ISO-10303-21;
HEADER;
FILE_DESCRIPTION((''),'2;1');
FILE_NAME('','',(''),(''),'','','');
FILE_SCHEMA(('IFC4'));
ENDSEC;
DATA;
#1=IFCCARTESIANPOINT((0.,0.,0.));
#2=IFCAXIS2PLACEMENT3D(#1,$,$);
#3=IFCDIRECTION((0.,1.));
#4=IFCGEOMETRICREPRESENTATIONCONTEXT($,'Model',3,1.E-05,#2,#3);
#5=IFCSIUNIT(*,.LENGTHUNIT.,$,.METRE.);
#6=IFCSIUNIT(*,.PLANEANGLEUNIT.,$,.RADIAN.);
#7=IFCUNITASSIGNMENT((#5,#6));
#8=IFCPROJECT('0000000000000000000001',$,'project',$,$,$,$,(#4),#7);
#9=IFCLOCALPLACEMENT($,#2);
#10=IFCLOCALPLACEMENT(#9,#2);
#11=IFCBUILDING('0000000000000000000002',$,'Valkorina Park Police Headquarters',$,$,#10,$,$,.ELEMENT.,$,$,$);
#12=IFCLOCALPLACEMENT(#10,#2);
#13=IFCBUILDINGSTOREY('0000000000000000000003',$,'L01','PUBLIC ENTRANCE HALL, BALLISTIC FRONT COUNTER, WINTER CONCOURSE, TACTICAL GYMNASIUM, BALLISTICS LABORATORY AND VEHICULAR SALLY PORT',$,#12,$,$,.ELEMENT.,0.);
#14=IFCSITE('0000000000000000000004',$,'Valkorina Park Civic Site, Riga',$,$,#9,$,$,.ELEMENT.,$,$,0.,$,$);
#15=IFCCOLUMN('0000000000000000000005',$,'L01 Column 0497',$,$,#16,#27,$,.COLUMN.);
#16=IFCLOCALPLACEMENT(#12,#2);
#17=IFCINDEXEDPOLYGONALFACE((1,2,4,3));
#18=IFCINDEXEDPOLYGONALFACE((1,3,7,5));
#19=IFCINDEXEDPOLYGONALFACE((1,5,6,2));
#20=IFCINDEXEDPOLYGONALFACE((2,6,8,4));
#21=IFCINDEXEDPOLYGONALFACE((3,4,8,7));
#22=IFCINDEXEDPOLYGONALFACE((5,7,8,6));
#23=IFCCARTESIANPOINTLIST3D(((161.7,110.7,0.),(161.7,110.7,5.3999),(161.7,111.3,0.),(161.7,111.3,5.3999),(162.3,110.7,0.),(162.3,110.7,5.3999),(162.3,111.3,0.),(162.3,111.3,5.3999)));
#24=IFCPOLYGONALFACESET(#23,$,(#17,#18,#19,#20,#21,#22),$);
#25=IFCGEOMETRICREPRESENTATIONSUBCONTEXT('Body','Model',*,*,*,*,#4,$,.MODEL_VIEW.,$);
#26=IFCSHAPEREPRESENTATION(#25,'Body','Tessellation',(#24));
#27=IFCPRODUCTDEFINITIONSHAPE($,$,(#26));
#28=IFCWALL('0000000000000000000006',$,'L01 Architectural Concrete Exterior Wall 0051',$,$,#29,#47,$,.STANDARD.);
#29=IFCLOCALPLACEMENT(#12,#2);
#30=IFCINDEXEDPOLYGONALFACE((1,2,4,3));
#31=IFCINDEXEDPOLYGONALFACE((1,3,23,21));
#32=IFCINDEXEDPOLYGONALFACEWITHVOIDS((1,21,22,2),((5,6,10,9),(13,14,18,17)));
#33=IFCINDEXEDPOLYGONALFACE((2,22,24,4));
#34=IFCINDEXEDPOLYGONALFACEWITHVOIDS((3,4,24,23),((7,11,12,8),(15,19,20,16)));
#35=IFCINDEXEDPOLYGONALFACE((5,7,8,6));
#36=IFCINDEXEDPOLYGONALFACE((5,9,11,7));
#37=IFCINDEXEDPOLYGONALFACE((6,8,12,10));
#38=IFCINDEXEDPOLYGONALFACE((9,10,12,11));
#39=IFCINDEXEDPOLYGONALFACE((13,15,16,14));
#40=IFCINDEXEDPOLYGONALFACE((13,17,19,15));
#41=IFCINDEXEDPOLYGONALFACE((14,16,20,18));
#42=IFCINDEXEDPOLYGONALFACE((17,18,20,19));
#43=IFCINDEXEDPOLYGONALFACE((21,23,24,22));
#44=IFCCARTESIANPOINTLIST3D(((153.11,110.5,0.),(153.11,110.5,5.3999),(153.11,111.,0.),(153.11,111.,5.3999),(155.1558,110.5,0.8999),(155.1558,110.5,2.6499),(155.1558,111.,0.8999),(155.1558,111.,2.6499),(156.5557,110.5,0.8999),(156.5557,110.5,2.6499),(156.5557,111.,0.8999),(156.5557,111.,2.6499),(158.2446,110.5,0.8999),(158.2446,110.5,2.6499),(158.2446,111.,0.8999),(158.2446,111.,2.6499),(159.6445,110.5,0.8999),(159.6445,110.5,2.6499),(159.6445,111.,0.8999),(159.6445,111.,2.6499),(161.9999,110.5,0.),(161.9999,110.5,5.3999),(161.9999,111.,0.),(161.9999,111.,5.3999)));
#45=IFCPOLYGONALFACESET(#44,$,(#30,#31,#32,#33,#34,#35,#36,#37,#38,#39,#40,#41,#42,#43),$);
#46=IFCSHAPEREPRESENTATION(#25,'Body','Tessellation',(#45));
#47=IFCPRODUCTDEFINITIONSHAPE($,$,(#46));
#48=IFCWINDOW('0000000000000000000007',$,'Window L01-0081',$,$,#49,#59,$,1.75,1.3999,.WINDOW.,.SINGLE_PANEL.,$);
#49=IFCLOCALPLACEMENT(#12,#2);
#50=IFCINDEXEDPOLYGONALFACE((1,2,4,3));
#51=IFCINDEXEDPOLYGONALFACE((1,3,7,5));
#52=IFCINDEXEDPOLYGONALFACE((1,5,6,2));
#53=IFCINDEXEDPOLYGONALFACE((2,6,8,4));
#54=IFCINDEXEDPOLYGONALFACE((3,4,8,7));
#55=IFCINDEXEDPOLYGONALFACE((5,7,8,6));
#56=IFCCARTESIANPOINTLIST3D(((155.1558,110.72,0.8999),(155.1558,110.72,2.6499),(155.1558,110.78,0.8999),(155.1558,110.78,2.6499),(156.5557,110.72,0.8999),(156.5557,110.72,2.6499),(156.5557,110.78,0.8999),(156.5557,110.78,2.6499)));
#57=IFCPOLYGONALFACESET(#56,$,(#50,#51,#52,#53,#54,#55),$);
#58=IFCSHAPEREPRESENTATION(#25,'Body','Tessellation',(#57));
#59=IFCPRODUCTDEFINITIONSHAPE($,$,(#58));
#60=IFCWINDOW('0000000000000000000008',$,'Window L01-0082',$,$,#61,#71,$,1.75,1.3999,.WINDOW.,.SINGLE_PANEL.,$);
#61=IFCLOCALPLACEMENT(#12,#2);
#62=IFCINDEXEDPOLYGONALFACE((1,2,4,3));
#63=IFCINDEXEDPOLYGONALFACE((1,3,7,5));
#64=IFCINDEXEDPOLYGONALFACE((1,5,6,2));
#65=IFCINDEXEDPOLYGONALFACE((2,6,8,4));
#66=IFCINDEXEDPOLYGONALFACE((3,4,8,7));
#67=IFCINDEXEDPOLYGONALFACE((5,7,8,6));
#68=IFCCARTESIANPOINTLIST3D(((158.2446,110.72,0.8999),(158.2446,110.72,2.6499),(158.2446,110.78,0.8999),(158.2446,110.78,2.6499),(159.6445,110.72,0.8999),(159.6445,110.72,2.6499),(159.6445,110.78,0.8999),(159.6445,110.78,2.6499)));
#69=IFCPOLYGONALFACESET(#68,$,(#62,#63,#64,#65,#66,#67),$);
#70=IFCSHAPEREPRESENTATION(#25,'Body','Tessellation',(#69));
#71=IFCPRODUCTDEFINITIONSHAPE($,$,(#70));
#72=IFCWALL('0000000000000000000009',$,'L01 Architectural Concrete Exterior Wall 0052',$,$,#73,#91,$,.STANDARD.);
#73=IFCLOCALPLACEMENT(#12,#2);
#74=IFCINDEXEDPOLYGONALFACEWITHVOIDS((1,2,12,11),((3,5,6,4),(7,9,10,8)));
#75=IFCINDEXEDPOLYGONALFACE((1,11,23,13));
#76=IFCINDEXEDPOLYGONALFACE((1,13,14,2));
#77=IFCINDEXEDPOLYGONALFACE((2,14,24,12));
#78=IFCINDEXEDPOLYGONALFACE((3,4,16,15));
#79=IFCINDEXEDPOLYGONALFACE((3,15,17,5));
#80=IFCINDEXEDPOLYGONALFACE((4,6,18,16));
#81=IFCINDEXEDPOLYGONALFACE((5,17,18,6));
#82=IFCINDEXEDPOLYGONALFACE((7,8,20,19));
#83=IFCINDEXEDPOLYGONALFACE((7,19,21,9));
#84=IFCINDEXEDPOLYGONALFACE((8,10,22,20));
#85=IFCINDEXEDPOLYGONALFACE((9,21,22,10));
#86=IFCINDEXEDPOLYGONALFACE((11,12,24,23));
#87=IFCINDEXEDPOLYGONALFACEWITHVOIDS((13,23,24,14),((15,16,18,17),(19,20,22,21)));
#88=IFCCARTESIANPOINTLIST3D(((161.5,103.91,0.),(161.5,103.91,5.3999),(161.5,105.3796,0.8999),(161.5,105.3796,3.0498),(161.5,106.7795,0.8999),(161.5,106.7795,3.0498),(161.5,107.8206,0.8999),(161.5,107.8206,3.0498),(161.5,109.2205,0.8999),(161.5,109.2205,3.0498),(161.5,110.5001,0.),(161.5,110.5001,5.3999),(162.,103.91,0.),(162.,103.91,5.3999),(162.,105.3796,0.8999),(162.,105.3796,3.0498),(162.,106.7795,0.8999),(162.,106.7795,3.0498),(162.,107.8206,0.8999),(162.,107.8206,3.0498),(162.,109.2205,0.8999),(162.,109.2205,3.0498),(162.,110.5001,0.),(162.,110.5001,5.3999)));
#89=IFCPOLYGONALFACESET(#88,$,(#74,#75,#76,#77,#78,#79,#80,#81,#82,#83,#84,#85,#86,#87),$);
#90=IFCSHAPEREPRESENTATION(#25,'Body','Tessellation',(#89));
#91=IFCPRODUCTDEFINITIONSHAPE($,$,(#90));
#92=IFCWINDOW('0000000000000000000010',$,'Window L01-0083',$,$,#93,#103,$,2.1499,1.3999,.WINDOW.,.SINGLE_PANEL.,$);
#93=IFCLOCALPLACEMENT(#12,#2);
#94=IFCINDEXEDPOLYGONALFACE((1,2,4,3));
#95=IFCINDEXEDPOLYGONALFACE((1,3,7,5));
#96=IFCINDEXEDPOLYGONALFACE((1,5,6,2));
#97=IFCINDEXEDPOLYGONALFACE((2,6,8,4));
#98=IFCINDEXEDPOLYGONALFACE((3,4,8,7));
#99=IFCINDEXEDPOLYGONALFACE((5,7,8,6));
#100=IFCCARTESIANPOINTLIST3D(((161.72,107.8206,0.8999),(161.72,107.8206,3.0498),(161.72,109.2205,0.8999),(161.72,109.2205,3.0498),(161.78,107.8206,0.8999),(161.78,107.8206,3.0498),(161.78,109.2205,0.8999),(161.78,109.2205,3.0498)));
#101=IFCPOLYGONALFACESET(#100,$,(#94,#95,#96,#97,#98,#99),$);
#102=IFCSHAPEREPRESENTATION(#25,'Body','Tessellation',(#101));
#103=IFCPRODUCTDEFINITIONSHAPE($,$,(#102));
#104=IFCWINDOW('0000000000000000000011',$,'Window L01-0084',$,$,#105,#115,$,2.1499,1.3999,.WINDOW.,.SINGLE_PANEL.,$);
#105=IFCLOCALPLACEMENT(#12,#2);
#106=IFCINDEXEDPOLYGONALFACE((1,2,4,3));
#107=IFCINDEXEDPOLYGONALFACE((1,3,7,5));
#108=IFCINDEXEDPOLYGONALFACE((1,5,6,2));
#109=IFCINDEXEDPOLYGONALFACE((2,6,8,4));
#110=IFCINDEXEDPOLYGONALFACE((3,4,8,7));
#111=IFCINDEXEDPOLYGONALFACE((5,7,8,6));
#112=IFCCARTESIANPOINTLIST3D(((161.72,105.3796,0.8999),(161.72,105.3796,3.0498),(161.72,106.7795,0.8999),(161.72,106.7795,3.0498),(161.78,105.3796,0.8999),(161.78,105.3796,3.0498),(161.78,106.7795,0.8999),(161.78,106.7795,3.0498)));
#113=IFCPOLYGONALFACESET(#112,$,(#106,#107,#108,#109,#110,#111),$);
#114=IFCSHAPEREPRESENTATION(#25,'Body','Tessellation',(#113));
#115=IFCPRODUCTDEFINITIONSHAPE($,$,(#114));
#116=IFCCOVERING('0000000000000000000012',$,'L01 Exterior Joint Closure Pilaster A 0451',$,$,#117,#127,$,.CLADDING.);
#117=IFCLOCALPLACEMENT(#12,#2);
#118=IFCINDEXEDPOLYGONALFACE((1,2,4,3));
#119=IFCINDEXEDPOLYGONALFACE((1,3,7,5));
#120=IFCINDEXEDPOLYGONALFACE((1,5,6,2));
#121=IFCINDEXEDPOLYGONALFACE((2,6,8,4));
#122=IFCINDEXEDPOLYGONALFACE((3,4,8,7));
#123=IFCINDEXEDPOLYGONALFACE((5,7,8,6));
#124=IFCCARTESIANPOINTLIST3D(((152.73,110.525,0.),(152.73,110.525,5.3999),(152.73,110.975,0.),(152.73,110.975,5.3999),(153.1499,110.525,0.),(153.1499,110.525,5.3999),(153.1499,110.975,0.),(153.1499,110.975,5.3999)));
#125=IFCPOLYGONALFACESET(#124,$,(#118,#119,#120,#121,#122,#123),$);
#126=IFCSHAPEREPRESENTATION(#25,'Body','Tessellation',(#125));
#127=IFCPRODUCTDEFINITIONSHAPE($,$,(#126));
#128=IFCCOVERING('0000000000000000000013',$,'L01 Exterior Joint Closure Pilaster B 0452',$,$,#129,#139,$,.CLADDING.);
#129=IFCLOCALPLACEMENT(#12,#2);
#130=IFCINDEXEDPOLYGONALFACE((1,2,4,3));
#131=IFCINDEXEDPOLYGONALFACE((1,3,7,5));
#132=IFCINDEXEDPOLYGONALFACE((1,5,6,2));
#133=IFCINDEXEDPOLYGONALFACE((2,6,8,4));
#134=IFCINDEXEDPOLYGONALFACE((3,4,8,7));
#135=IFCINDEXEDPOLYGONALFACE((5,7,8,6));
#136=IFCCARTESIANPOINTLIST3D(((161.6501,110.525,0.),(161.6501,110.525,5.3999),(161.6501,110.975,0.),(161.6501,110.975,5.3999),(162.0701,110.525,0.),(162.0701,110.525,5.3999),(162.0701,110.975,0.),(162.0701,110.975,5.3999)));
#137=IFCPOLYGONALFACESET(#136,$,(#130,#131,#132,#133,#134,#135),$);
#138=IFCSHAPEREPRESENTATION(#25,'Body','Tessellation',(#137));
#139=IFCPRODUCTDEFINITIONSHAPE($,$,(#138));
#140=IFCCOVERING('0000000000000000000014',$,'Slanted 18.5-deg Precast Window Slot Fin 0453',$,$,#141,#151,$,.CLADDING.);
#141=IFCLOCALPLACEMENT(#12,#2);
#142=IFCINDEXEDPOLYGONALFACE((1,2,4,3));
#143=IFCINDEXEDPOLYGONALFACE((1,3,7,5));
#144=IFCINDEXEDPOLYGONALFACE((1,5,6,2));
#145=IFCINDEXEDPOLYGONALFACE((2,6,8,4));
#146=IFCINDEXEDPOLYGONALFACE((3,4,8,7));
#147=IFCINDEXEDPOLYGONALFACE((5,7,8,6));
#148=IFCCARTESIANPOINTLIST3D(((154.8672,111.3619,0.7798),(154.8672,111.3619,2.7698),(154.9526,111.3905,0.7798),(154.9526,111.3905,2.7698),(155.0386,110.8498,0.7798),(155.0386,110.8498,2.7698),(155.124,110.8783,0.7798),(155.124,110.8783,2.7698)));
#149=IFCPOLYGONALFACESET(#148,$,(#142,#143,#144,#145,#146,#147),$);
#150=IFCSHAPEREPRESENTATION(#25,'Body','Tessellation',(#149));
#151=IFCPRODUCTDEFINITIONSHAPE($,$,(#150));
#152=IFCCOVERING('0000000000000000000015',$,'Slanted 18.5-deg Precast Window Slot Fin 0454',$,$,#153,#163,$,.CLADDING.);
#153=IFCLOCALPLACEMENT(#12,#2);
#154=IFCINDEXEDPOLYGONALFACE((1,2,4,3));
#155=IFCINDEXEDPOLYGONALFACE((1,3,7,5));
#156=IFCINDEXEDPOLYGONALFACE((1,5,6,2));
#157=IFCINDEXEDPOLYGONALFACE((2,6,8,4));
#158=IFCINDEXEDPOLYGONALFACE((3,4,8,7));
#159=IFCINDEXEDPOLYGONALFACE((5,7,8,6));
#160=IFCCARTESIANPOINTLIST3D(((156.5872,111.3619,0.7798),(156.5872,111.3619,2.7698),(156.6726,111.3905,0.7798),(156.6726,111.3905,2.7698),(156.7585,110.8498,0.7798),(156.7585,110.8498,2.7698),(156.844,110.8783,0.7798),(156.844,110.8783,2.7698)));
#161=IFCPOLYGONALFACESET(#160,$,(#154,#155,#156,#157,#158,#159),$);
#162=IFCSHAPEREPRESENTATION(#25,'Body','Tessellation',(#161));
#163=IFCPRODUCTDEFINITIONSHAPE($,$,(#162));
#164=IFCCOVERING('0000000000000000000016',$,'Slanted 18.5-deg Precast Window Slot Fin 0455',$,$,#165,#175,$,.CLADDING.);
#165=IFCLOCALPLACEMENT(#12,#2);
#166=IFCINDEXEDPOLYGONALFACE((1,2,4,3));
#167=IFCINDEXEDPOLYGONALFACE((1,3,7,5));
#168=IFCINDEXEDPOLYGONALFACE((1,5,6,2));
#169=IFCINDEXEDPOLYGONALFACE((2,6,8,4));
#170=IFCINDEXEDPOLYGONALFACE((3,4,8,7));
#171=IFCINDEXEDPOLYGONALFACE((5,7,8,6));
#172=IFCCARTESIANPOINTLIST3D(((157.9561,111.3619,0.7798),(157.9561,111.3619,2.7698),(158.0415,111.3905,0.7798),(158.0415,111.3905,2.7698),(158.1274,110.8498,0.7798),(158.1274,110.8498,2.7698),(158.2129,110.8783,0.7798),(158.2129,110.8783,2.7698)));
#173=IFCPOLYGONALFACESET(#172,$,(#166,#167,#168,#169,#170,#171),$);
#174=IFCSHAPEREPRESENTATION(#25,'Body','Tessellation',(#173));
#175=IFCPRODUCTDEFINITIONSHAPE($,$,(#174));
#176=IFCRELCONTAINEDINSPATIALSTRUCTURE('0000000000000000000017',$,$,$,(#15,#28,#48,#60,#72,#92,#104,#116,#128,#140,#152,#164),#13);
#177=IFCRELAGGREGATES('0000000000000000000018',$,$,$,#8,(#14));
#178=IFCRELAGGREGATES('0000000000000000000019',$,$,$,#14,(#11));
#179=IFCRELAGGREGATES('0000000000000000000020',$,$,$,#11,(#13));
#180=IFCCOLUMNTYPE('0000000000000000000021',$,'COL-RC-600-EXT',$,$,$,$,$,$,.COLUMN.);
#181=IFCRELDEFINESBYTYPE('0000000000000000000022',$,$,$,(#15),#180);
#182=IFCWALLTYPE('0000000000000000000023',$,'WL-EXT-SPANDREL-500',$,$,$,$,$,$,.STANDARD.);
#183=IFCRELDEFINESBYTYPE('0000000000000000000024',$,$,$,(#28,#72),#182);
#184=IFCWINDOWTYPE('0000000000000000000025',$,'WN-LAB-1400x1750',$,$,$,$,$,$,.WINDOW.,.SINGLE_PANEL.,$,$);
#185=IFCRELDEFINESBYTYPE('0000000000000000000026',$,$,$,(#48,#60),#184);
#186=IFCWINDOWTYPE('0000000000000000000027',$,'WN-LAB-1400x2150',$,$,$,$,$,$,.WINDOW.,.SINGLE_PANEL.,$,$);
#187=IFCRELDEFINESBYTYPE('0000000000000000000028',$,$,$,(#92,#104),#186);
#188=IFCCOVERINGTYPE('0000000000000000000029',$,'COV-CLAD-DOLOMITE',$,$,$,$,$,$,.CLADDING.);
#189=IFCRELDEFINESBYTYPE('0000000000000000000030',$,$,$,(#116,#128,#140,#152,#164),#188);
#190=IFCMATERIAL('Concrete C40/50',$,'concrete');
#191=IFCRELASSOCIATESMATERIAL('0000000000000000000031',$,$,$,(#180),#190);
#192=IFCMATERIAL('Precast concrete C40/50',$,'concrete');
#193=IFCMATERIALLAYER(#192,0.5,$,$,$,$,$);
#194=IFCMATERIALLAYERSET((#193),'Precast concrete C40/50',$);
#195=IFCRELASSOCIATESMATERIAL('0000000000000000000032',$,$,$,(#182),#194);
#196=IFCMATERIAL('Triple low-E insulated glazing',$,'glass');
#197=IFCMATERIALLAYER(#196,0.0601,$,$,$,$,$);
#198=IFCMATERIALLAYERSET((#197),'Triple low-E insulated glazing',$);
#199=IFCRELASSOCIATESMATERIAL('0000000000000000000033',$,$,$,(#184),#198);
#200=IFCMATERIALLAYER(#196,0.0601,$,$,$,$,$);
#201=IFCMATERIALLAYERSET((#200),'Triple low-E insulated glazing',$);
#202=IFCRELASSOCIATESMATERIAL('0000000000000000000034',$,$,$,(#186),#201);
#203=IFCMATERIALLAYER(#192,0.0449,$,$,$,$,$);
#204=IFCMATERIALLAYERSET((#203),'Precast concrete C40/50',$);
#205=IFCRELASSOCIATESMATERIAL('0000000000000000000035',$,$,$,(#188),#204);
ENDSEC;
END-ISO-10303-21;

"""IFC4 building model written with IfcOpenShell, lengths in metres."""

from ifc_helpers import new_model, si_unit, direction, frame, frame_2d, origin, origin_2d, place, context, subcontext, project, spatial, rectangle, extrude, material, layer, layer_set, material_profile, profile_set, type_object, element, fill, save


model = new_model("IFC4")

# Units and contexts
model_context = context("Model", 3, precision=1e-05, world=origin(), true_north=direction((0.0, 1.0)))
body_context = subcontext(model_context, "Body", "Model", "MODEL_VIEW")
ifc_project = project(units=[si_unit("LENGTHUNIT", "METRE"), si_unit("PLANEANGLEUNIT", "RADIAN")], contexts=[model_context])

# Site, building, storey
site_placement = place(None, origin())
site = spatial("IfcSite", under=ifc_project, at=site_placement, Name="Valkorina Park Civic Site, Riga", CompositionType="ELEMENT", RefElevation=0.0)
building_placement = place(site_placement, origin())
building = spatial("IfcBuilding", under=site, at=building_placement, Name="Valkorina Park Police Headquarters", CompositionType="ELEMENT")
storey_placement = place(building_placement, origin())
storey = spatial("IfcBuildingStorey", under=building, at=storey_placement, Name="L01", Description="PUBLIC ENTRANCE HALL, BALLISTIC FRONT COUNTER, WINTER CONCOURSE, TACTICAL GYMNASIUM, BALLISTICS LABORATORY AND VEHICULAR SALLY PORT", CompositionType="ELEMENT", Elevation=0.0)

# Column
ifc_material_1 = material(Name="Concrete C40/50", Category="concrete")
ifc_material_profile = material_profile(ifc_material_1, rectangle(XDim=0.6001, YDim=0.6001, at=origin_2d()), Name="RC COL 600x600")
ifc_profile_set = profile_set([ifc_material_profile], Name="Concrete C40/50")
column_type = type_object("IfcColumnType", Name="COL-RC-600-EXT", PredefinedType="COLUMN", material=ifc_profile_set)
column_placement = place(storey_placement, frame((162.0, 111.0, 0.0), z_axis=(0.0, 0.0, 1.0), x_axis=(1.0, 0.0, 0.0)))
element("IfcColumn", 1, at=column_placement, inside=storey, type_object=column_type, Name="L01 Column 0497", PredefinedType="COLUMN", context=body_context, shape_type="SweptSolid", body=[
    extrude(rectangle(XDim=0.6001, YDim=0.6001, at=origin_2d()), origin(), (0.0, 0.0, 1.0), 5.3999),
])

# Walls, openings, windows
ifc_material_2 = material(Name="Precast concrete C40/50", Category="concrete")
ifc_layer_1 = layer(ifc_material_2, 0.5)
ifc_layer_set_1 = layer_set([ifc_layer_1], Name="Precast concrete C40/50")
wall_type = type_object("IfcWallType", Name="WL-EXT-SPANDREL-500", PredefinedType="STANDARD", material=ifc_layer_set_1)
wall_1_placement = place(storey_placement, frame((153.1101, 110.75, 0.0), z_axis=(0.0, 0.0, 1.0), x_axis=(1.0, 0.0, 0.0)))
wall_1 = element("IfcWall", 2, at=wall_1_placement, inside=storey, type_object=wall_type, Name="L01 Architectural Concrete Exterior Wall 0051", PredefinedType="STANDARD", context=body_context, shape_type="SweptSolid", body=[
    extrude(rectangle(XDim=8.8899, YDim=0.5, at=frame_2d((4.4448, 0.0))), origin(), (0.0, 0.0, 1.0), 5.3999),
])
opening_1_placement = place(wall_1_placement, frame((2.0457, 0.0, 0.8999)))
opening_1 = element("IfcOpeningElement", 3, at=opening_1_placement, cuts=wall_1, PredefinedType="OPENING", context=body_context, shape_type="SweptSolid", body=[
    extrude(rectangle(XDim=1.3999, YDim=1.75, at=frame_2d((0.7, 0.875))), frame((0.0, 0.26, 0.0), z_axis=(0.0, -1.0, 0.0), x_axis=(1.0, 0.0, 0.0)), (0.0, 0.0, 1.0), 0.52),
])
opening_2_placement = place(wall_1_placement, frame((5.1345, 0.0, 0.8999)))
opening_2 = element("IfcOpeningElement", 4, at=opening_2_placement, cuts=wall_1, PredefinedType="OPENING", context=body_context, shape_type="SweptSolid", body=[
    extrude(rectangle(XDim=1.3999, YDim=1.75, at=frame_2d((0.7, 0.875))), frame((0.0, 0.26, 0.0), z_axis=(0.0, -1.0, 0.0), x_axis=(1.0, 0.0, 0.0)), (0.0, 0.0, 1.0), 0.52),
])
ifc_material_3 = material(Name="Triple low-E insulated glazing", Category="glass")
ifc_layer_2 = layer(ifc_material_3, 0.0601)
ifc_layer_set_2 = layer_set([ifc_layer_2], Name="Triple low-E insulated glazing")
window_type_1 = type_object("IfcWindowType", Name="WN-LAB-1400x1750", PartitioningType="SINGLE_PANEL", PredefinedType="WINDOW", material=ifc_layer_set_2)
window_1_placement = place(opening_1_placement, origin())
window_1 = element("IfcWindow", 5, at=window_1_placement, inside=storey, type_object=window_type_1, Name="Window L01-0081", OverallHeight=1.75, OverallWidth=1.3999, PartitioningType="SINGLE_PANEL", PredefinedType="WINDOW", context=body_context, shape_type="SweptSolid", body=[
    extrude(rectangle(XDim=1.3999, YDim=1.75, at=frame_2d((0.7, 0.875))), frame((0.0, 0.03, 0.0), z_axis=(0.0, -1.0, 0.0), x_axis=(1.0, 0.0, 0.0)), (0.0, 0.0, 1.0), 0.0601),
])
fill(opening_1, window_1)
window_2_placement = place(opening_2_placement, origin())
window_2 = element("IfcWindow", 6, at=window_2_placement, inside=storey, type_object=window_type_1, Name="Window L01-0082", OverallHeight=1.75, OverallWidth=1.3999, PartitioningType="SINGLE_PANEL", PredefinedType="WINDOW", context=body_context, shape_type="SweptSolid", body=[
    extrude(rectangle(XDim=1.3999, YDim=1.75, at=frame_2d((0.7, 0.875))), frame((0.0, 0.03, 0.0), z_axis=(0.0, -1.0, 0.0), x_axis=(1.0, 0.0, 0.0)), (0.0, 0.0, 1.0), 0.0601),
])
fill(opening_2, window_2)
wall_2_placement = place(storey_placement, frame((161.75, 110.5, 0.0), z_axis=(0.0, 0.0, 1.0), x_axis=(0.0, -1.0, 0.0)))
wall_2 = element("IfcWall", 7, at=wall_2_placement, inside=storey, type_object=wall_type, Name="L01 Architectural Concrete Exterior Wall 0052", PredefinedType="STANDARD", context=body_context, shape_type="SweptSolid", body=[
    extrude(rectangle(XDim=6.5901, YDim=0.5, at=frame_2d((3.2949, 0.0))), origin(), (0.0, 0.0, 1.0), 5.3999),
])
opening_3_placement = place(wall_2_placement, frame((1.2795, 0.0, 0.8999)))
opening_3 = element("IfcOpeningElement", 8, at=opening_3_placement, cuts=wall_2, PredefinedType="OPENING", context=body_context, shape_type="SweptSolid", body=[
    extrude(rectangle(XDim=1.3999, YDim=2.1499, at=frame_2d((0.7, 1.075))), frame((0.0, 0.26, 0.0), z_axis=(0.0, -1.0, 0.0), x_axis=(1.0, 0.0, 0.0)), (0.0, 0.0, 1.0), 0.52),
])
opening_4_placement = place(wall_2_placement, frame((3.7205, 0.0, 0.8999)))
opening_4 = element("IfcOpeningElement", 9, at=opening_4_placement, cuts=wall_2, PredefinedType="OPENING", context=body_context, shape_type="SweptSolid", body=[
    extrude(rectangle(XDim=1.3999, YDim=2.1499, at=frame_2d((0.7, 1.075))), frame((0.0, 0.26, 0.0), z_axis=(0.0, -1.0, 0.0), x_axis=(1.0, 0.0, 0.0)), (0.0, 0.0, 1.0), 0.52),
])
ifc_layer_3 = layer(ifc_material_3, 0.0601)
ifc_layer_set_3 = layer_set([ifc_layer_3], Name="Triple low-E insulated glazing")
window_type_2 = type_object("IfcWindowType", Name="WN-LAB-1400x2150", PartitioningType="SINGLE_PANEL", PredefinedType="WINDOW", material=ifc_layer_set_3)
window_3_placement = place(opening_3_placement, origin())
window_3 = element("IfcWindow", 10, at=window_3_placement, inside=storey, type_object=window_type_2, Name="Window L01-0083", OverallHeight=2.1499, OverallWidth=1.3999, PartitioningType="SINGLE_PANEL", PredefinedType="WINDOW", context=body_context, shape_type="SweptSolid", body=[
    extrude(rectangle(XDim=1.3999, YDim=2.1499, at=frame_2d((0.7, 1.075))), frame((0.0, 0.03, 0.0), z_axis=(0.0, -1.0, 0.0), x_axis=(1.0, 0.0, 0.0)), (0.0, 0.0, 1.0), 0.0601),
])
fill(opening_3, window_3)
window_4_placement = place(opening_4_placement, origin())
window_4 = element("IfcWindow", 11, at=window_4_placement, inside=storey, type_object=window_type_2, Name="Window L01-0084", OverallHeight=2.1499, OverallWidth=1.3999, PartitioningType="SINGLE_PANEL", PredefinedType="WINDOW", context=body_context, shape_type="SweptSolid", body=[
    extrude(rectangle(XDim=1.3999, YDim=2.1499, at=frame_2d((0.7, 1.075))), frame((0.0, 0.03, 0.0), z_axis=(0.0, -1.0, 0.0), x_axis=(1.0, 0.0, 0.0)), (0.0, 0.0, 1.0), 0.0601),
])
fill(opening_4, window_4)

# Coverings
ifc_layer_4 = layer(ifc_material_2, 0.0449)
ifc_layer_set_4 = layer_set([ifc_layer_4], Name="Precast concrete C40/50")
covering_type = type_object("IfcCoveringType", Name="COV-CLAD-DOLOMITE", PredefinedType="CLADDING", material=ifc_layer_set_4)
for number, where, z_axis, x_axis, name in (
    (12, (152.9399, 110.75, 0.0), (0.0, 0.0, 1.0), (1.0, 0.0, 0.0), "L01 Exterior Joint Closure Pilaster A 0451"),
    (13, (161.8601, 110.75, 0.0), (0.0, 0.0, 1.0), (1.0, 0.0, 0.0), "L01 Exterior Joint Closure Pilaster B 0452"),
):
    element("IfcCovering", number, at=place(storey_placement, frame(where, z_axis=z_axis, x_axis=x_axis)), inside=storey, type_object=covering_type, Name=name, PredefinedType="CLADDING", context=body_context, shape_type="SweptSolid", body=[
        extrude(rectangle(XDim=0.4199, YDim=0.45, at=origin_2d()), origin(), (0.0, 0.0, 1.0), 5.3999),
    ])
for number, where, z_axis, x_axis, name in (
    (14, (154.9956, 111.1201, 0.7798), (0.0, 0.0, 1.0), (-0.317305, 0.948324, 0.0), "Slanted 18.5-deg Precast Window Slot Fin 0453"),
    (15, (156.7156, 111.1201, 0.7798), (0.0, 0.0, 1.0), (-0.317305, 0.948324, 0.0), "Slanted 18.5-deg Precast Window Slot Fin 0454"),
    (16, (158.0845, 111.1201, 0.7798), (0.0, 0.0, 1.0), (-0.317305, 0.948324, 0.0), "Slanted 18.5-deg Precast Window Slot Fin 0455"),
):
    element("IfcCovering", number, at=place(storey_placement, frame(where, z_axis=z_axis, x_axis=x_axis)), inside=storey, type_object=covering_type, Name=name, PredefinedType="CLADDING", context=body_context, shape_type="SweptSolid", body=[
        extrude(rectangle(XDim=0.54, YDim=0.0901, at=origin_2d()), origin(), (0.0, 0.0, 1.0), 1.99),
    ])

save(model, "model.ifc")
